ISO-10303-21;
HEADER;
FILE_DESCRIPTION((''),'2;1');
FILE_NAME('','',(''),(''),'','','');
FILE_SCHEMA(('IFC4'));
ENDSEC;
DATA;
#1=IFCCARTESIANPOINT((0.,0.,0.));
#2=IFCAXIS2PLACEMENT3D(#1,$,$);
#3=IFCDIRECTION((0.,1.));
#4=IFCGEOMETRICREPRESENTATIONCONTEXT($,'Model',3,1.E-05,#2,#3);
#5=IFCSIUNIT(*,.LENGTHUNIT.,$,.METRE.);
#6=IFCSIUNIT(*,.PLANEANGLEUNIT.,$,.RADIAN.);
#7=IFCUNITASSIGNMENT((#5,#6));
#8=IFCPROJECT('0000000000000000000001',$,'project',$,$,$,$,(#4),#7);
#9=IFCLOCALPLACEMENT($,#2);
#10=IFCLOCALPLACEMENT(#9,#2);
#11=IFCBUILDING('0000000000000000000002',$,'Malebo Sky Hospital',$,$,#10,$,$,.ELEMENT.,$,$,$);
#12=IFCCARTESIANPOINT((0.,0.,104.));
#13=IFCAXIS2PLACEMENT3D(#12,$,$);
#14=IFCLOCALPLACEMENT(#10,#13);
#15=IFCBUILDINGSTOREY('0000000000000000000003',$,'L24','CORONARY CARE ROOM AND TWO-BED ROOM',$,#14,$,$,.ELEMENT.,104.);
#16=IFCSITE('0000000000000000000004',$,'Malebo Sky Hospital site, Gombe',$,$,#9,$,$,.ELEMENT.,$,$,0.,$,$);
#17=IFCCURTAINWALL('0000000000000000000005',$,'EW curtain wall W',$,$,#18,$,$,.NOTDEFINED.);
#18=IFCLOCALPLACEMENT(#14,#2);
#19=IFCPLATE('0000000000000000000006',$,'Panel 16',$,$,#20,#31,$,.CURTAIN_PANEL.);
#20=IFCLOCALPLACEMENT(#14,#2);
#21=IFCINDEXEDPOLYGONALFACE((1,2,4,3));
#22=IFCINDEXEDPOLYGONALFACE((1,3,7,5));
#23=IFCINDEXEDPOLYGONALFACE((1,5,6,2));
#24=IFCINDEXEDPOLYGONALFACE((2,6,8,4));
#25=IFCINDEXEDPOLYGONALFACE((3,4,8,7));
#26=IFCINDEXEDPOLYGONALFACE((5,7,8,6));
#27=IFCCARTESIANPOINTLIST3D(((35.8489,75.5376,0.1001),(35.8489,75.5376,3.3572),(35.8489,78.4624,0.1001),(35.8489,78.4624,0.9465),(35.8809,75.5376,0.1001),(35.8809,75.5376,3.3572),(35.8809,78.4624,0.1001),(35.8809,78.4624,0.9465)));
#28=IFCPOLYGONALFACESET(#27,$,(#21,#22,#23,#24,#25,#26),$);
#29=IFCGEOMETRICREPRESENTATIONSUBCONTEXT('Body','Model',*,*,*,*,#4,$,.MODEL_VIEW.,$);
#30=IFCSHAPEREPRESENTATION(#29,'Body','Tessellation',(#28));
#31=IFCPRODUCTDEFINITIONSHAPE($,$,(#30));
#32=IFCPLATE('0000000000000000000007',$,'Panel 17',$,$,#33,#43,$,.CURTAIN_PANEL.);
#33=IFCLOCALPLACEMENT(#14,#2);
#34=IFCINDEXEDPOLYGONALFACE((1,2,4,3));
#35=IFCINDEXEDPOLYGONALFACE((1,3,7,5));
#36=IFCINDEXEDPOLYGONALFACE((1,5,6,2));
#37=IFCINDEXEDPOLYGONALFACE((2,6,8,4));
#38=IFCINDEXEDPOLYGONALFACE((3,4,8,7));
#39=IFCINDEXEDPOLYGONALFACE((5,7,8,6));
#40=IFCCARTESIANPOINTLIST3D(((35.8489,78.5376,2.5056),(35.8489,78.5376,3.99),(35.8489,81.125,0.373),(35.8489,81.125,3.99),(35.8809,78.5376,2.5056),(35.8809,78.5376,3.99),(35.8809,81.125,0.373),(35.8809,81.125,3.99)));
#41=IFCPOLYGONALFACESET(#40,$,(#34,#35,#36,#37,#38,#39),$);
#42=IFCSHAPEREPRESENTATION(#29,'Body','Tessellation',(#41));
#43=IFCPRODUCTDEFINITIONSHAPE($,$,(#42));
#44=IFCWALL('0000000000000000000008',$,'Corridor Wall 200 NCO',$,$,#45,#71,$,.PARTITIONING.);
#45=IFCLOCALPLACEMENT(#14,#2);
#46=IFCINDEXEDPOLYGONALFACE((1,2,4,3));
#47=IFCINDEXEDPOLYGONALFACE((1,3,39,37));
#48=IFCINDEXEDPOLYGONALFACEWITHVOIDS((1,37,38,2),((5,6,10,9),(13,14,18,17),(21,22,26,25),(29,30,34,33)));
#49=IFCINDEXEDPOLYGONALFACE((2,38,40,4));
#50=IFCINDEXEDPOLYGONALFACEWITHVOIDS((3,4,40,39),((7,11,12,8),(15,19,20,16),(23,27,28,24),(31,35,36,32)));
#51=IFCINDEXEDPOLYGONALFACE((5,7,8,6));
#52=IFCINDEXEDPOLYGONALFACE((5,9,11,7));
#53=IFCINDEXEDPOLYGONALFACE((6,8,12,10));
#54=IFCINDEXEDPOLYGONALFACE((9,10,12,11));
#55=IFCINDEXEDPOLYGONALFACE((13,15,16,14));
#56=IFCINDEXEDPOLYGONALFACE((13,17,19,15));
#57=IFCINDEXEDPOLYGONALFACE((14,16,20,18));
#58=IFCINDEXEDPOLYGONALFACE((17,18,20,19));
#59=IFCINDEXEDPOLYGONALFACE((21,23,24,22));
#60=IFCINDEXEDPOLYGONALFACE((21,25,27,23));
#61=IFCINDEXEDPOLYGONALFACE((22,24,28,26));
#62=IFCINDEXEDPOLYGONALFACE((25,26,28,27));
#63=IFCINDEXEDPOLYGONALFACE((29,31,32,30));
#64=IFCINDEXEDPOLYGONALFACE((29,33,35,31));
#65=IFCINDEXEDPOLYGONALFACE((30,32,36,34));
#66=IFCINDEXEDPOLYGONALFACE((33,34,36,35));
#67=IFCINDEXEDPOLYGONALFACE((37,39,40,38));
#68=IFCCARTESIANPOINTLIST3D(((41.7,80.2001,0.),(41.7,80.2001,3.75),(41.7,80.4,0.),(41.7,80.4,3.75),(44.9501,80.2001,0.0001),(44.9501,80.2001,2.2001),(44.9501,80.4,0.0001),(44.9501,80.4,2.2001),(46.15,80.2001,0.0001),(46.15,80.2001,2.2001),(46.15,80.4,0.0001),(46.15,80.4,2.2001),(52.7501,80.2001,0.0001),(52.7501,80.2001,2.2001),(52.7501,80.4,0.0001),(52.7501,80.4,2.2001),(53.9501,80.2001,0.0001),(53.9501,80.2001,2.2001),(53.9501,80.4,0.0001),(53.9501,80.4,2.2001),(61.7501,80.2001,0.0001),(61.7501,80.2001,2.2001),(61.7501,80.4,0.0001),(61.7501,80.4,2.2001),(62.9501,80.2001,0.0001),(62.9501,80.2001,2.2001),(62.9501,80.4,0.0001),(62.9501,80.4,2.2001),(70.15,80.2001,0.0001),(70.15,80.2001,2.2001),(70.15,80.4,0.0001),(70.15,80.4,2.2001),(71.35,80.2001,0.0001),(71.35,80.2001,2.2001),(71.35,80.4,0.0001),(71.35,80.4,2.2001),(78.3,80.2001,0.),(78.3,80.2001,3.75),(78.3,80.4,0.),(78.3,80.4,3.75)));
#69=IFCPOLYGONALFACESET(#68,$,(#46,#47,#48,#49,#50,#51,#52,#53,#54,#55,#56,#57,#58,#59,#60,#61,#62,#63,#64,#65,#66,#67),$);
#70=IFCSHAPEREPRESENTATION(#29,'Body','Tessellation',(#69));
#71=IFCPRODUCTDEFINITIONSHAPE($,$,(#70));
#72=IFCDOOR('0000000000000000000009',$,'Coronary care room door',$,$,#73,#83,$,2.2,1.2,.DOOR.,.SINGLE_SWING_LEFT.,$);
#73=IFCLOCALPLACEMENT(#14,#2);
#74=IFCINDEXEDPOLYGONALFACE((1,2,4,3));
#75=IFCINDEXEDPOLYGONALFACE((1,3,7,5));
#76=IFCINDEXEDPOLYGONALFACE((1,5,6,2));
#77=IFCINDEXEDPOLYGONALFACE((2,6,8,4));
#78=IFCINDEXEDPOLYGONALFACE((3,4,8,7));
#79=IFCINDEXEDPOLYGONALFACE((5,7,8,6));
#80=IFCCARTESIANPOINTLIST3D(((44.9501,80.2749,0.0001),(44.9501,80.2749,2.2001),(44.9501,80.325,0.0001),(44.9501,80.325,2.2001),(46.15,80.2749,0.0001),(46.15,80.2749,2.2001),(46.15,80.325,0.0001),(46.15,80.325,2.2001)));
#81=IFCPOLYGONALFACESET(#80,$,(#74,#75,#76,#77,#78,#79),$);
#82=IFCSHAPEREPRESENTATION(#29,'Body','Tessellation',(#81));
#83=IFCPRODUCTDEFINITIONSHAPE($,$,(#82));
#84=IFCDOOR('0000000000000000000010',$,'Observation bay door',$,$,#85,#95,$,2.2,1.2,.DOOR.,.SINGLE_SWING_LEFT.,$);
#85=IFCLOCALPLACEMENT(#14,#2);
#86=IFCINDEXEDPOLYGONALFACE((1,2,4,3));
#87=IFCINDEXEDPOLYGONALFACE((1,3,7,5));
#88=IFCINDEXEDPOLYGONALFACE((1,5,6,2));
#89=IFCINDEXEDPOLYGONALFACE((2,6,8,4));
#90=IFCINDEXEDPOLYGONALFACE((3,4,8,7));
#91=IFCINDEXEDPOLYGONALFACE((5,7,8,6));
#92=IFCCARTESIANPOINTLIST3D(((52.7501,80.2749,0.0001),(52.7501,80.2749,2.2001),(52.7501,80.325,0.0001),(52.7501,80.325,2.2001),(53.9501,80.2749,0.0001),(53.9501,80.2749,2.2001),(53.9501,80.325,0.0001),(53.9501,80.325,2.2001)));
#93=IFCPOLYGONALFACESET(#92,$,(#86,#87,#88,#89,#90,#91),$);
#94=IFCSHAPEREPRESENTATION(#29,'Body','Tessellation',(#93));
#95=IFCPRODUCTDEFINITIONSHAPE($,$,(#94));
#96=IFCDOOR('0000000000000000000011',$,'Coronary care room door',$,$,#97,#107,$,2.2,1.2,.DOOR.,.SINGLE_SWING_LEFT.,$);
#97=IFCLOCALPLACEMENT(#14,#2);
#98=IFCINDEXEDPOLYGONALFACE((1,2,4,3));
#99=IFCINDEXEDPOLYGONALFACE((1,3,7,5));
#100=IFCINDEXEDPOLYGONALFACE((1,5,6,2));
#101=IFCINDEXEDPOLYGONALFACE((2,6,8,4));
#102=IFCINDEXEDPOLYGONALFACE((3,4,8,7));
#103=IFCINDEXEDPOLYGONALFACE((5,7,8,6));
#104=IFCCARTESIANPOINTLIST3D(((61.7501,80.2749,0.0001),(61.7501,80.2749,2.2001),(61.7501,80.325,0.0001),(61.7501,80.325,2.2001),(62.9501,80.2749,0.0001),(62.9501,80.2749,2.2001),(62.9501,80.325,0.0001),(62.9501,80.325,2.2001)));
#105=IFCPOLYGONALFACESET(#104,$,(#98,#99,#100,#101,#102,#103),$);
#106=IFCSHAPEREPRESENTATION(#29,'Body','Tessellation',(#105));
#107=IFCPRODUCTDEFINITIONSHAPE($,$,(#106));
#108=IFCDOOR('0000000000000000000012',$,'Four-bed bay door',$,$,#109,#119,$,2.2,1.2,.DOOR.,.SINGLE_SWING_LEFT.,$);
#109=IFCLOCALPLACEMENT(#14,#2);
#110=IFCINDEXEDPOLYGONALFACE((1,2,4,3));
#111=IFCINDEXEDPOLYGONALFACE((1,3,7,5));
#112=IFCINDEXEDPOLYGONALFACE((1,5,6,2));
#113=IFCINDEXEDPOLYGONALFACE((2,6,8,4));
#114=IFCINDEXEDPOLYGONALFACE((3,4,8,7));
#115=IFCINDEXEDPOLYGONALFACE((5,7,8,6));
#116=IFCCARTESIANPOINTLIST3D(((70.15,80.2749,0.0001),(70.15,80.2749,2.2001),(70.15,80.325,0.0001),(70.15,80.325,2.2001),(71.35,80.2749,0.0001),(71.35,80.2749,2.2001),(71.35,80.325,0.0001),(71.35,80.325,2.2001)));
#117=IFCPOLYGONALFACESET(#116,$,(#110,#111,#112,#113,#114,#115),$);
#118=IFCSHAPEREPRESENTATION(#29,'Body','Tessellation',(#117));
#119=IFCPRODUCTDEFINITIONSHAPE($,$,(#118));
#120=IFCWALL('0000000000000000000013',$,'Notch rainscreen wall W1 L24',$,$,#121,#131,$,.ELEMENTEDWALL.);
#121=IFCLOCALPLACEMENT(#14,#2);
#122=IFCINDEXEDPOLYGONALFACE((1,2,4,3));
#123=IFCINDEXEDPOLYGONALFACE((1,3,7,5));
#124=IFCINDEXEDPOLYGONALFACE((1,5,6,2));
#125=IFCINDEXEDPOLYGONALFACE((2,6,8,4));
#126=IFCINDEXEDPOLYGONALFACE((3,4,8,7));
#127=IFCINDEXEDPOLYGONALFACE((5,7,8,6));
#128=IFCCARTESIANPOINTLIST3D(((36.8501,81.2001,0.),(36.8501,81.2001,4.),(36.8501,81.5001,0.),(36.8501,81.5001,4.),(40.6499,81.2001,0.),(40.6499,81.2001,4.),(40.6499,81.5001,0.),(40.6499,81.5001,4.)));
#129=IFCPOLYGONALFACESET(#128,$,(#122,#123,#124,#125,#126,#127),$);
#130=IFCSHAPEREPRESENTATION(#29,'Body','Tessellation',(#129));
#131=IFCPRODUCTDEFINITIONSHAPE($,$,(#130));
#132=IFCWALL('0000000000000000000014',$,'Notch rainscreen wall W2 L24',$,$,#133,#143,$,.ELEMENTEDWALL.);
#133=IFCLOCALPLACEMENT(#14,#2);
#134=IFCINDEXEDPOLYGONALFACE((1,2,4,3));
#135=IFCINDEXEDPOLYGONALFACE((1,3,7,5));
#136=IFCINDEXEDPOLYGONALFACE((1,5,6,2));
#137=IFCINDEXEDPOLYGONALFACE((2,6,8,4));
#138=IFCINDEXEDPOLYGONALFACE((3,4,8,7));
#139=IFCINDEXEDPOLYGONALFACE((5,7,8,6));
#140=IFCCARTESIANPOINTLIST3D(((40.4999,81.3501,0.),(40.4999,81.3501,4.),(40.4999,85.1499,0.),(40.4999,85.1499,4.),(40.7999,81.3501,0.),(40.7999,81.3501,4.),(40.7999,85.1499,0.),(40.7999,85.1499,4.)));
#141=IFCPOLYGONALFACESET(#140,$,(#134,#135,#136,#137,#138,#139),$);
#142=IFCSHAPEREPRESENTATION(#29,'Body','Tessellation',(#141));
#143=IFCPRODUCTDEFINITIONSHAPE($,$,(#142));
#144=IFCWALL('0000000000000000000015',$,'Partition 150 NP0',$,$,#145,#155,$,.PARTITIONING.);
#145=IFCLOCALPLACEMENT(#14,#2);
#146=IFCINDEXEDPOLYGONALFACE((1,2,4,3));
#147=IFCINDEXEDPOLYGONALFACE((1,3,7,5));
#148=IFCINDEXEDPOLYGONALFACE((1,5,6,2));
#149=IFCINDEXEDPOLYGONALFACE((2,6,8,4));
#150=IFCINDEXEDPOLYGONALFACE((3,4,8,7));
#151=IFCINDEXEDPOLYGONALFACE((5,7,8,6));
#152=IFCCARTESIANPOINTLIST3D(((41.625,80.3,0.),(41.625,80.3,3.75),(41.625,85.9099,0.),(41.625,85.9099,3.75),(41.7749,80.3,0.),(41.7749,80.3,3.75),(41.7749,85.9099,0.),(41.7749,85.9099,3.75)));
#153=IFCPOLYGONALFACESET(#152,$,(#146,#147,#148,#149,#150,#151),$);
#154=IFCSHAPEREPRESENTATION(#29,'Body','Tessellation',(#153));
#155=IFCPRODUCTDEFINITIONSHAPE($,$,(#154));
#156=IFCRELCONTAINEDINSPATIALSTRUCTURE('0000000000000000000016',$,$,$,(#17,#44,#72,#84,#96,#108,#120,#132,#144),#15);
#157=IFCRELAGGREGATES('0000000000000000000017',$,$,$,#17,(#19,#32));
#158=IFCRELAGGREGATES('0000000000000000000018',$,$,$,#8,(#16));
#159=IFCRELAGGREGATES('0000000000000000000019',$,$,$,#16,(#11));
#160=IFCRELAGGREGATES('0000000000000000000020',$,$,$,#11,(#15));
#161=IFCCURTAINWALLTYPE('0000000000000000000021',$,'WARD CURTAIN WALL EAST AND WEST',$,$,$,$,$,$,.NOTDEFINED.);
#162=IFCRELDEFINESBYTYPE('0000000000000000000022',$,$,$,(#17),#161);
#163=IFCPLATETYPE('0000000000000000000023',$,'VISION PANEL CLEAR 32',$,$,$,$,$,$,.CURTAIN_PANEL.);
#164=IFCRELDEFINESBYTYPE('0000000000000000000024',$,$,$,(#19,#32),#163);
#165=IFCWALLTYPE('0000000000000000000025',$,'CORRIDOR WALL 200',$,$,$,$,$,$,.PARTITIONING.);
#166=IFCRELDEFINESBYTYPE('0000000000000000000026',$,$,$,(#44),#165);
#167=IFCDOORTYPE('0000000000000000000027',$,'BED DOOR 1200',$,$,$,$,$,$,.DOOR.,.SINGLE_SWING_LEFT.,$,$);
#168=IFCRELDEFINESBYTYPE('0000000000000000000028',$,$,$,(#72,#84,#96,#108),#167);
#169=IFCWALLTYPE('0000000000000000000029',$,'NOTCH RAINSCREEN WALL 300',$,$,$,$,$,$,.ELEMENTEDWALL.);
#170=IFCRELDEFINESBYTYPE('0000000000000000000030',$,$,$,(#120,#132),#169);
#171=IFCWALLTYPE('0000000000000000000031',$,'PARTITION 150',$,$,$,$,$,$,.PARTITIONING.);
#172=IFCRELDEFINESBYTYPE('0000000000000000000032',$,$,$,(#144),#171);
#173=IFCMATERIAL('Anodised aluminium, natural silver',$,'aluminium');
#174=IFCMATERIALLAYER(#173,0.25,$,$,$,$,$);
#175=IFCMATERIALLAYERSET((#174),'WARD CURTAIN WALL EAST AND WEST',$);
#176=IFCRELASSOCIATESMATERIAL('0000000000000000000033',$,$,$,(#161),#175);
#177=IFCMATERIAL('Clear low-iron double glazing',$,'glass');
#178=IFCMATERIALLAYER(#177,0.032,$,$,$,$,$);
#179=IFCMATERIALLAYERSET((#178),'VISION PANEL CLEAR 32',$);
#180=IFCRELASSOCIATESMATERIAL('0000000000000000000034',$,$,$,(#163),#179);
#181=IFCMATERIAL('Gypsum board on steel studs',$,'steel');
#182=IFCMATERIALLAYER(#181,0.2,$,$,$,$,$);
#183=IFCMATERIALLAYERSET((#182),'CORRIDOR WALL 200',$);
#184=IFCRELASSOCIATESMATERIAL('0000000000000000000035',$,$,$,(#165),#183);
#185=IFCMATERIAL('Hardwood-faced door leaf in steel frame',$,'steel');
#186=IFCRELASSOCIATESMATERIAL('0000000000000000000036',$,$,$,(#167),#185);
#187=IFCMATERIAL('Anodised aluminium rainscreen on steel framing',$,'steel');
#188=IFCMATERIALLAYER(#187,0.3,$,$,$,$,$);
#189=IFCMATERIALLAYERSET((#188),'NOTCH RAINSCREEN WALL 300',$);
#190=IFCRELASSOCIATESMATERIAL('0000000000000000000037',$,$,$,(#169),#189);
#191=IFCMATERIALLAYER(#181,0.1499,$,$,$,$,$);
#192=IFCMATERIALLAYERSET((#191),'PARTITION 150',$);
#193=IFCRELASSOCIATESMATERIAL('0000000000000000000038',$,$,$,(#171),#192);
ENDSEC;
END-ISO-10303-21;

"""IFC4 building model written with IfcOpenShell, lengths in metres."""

from ifc_helpers import new_model, si_unit, direction, frame, frame_2d, origin, place, context, subcontext, project, spatial, polyline, rectangle, outline, extrude, material, layer, layer_set, type_object, element, fill, aggregate, save


model = new_model("IFC4")

# Units and contexts
model_context = context("Model", 3, precision=1e-05, world=origin(), true_north=direction((0.0, 1.0)))
body_context = subcontext(model_context, "Body", "Model", "MODEL_VIEW")
ifc_project = project(units=[si_unit("LENGTHUNIT", "METRE"), si_unit("PLANEANGLEUNIT", "RADIAN")], contexts=[model_context])

# Site, building, storey
site_placement = place(None, origin())
site = spatial("IfcSite", under=ifc_project, at=site_placement, Name="Malebo Sky Hospital site, Gombe", CompositionType="ELEMENT", RefElevation=0.0)
building_placement = place(site_placement, origin())
building = spatial("IfcBuilding", under=site, at=building_placement, Name="Malebo Sky Hospital", CompositionType="ELEMENT")
storey_placement = place(building_placement, frame((0.0, 0.0, 104.0)))
storey = spatial("IfcBuildingStorey", under=building, at=storey_placement, Name="L24", Description="CORONARY CARE ROOM AND TWO-BED ROOM", CompositionType="ELEMENT", Elevation=104.0)

# Curtain wall
ifc_material_1 = material(Name="Anodised aluminium, natural silver", Category="aluminium")
ifc_layer_1 = layer(ifc_material_1, 0.25)
ifc_layer_set_1 = layer_set([ifc_layer_1], Name="WARD CURTAIN WALL EAST AND WEST")
curtain_wall_type_1 = type_object("IfcCurtainWallType", Name="WARD CURTAIN WALL EAST AND WEST", PredefinedType="NOTDEFINED", material=ifc_layer_set_1)
curtain_wall_1_placement = place(storey_placement, origin())
curtain_wall_1 = element("IfcCurtainWall", 1, at=curtain_wall_1_placement, inside=storey, type_object=curtain_wall_type_1, Name="EW curtain wall W", PredefinedType="NOTDEFINED")

# Plates
ifc_material_2 = material(Name="Clear low-iron double glazing", Category="glass")
ifc_layer_2 = layer(ifc_material_2, 0.032)
ifc_layer_set_2 = layer_set([ifc_layer_2], Name="VISION PANEL CLEAR 32")
plate_type = type_object("IfcPlateType", Name="VISION PANEL CLEAR 32", PredefinedType="CURTAIN_PANEL", material=ifc_layer_set_2)
plate_1_placement = place(storey_placement, frame((35.865, 77.0, 0.1001), z_axis=(0.0, 0.0, 1.0), x_axis=(0.0, 1.0, 0.0)))
plate_1 = element("IfcPlate", 2, at=plate_1_placement, type_object=plate_type, Name="Panel 16", PredefinedType="CURTAIN_PANEL", context=body_context, shape_type="SweptSolid", body=[
    extrude(outline(polyline([(-1.4624, 0.0), (1.4624, 0.0), (1.4624, 0.8464), (-1.4624, 3.2571), (-1.4624, 0.0)])), frame((0.0, 0.0161, 0.0), z_axis=(0.0, -1.0, 0.0), x_axis=(1.0, 0.0, 0.0)), (0.0, 0.0, 1.0), 0.032),
])
plate_2_placement = place(storey_placement, frame((35.865, 79.8313, 0.373), z_axis=(0.0, 0.0, 1.0), x_axis=(0.0, 1.0, 0.0)))
plate_2 = element("IfcPlate", 3, at=plate_2_placement, type_object=plate_type, Name="Panel 17", PredefinedType="CURTAIN_PANEL", context=body_context, shape_type="SweptSolid", body=[
    extrude(outline(polyline([(1.2937, 0.0), (1.2937, 3.6169), (-1.2937, 3.6169), (-1.2937, 2.1326), (1.2937, 0.0)])), frame((0.0, 0.0161, 0.0), z_axis=(0.0, -1.0, 0.0), x_axis=(1.0, 0.0, 0.0)), (0.0, 0.0, 1.0), 0.032),
])
aggregate(curtain_wall_1, [plate_1, plate_2])

# Wall, openings, doors
ifc_material_3 = material(Name="Gypsum board on steel studs", Category="steel")
ifc_layer_3 = layer(ifc_material_3, 0.2)
ifc_layer_set_3 = layer_set([ifc_layer_3], Name="CORRIDOR WALL 200")
wall_type_1 = type_object("IfcWallType", Name="CORRIDOR WALL 200", PredefinedType="PARTITIONING", material=ifc_layer_set_3)
wall_1_placement = place(storey_placement, frame((41.7, 80.3, 0.0), z_axis=(0.0, 0.0, 1.0), x_axis=(1.0, 0.0, 0.0)))
wall_1 = element("IfcWall", 4, at=wall_1_placement, inside=storey, type_object=wall_type_1, Name="Corridor Wall 200 NCO", PredefinedType="PARTITIONING", context=body_context, shape_type="SweptSolid", body=[
    extrude(rectangle(XDim=36.6001, YDim=0.2, at=frame_2d((18.3, 0.0))), origin(), (0.0, 0.0, 1.0), 3.75),
])
opening_1_placement = place(wall_1_placement, frame((3.25, 0.0, 0.0)))
opening_1 = element("IfcOpeningElement", 5, at=opening_1_placement, cuts=wall_1, PredefinedType="OPENING", context=body_context, shape_type="SweptSolid", body=[
    extrude(rectangle(XDim=1.2, YDim=2.2, at=frame_2d((0.6001, 1.1001))), frame((0.0, 0.1099, 0.0), z_axis=(0.0, -1.0, 0.0), x_axis=(1.0, 0.0, 0.0)), (0.0, 0.0, 1.0), 0.22),
])
opening_2_placement = place(wall_1_placement, frame((11.05, 0.0, 0.0)))
opening_2 = element("IfcOpeningElement", 6, at=opening_2_placement, cuts=wall_1, PredefinedType="OPENING", context=body_context, shape_type="SweptSolid", body=[
    extrude(rectangle(XDim=1.2, YDim=2.2, at=frame_2d((0.6001, 1.1001))), frame((0.0, 0.1099, 0.0), z_axis=(0.0, -1.0, 0.0), x_axis=(1.0, 0.0, 0.0)), (0.0, 0.0, 1.0), 0.22),
])
opening_3_placement = place(wall_1_placement, frame((20.05, 0.0, 0.0)))
opening_3 = element("IfcOpeningElement", 7, at=opening_3_placement, cuts=wall_1, PredefinedType="OPENING", context=body_context, shape_type="SweptSolid", body=[
    extrude(rectangle(XDim=1.2, YDim=2.2, at=frame_2d((0.6001, 1.1001))), frame((0.0, 0.1099, 0.0), z_axis=(0.0, -1.0, 0.0), x_axis=(1.0, 0.0, 0.0)), (0.0, 0.0, 1.0), 0.22),
])
opening_4_placement = place(wall_1_placement, frame((28.45, 0.0, 0.0)))
opening_4 = element("IfcOpeningElement", 8, at=opening_4_placement, cuts=wall_1, PredefinedType="OPENING", context=body_context, shape_type="SweptSolid", body=[
    extrude(rectangle(XDim=1.2, YDim=2.2, at=frame_2d((0.6001, 1.1001))), frame((0.0, 0.1099, 0.0), z_axis=(0.0, -1.0, 0.0), x_axis=(1.0, 0.0, 0.0)), (0.0, 0.0, 1.0), 0.22),
])
ifc_material_4 = material(Name="Hardwood-faced door leaf in steel frame", Category="steel")
door_type_1 = type_object("IfcDoorType", Name="BED DOOR 1200", OperationType="SINGLE_SWING_LEFT", PredefinedType="DOOR", material=ifc_material_4)
door_1_placement = place(opening_1_placement, origin())
door_1 = element("IfcDoor", 9, at=door_1_placement, inside=storey, type_object=door_type_1, Name="Coronary care room door", OperationType="SINGLE_SWING_LEFT", OverallHeight=2.2, OverallWidth=1.2, PredefinedType="DOOR", context=body_context, shape_type="SweptSolid", body=[
    extrude(rectangle(XDim=1.2, YDim=2.2, at=frame_2d((0.6001, 1.1001))), frame((0.0, 0.0249, 0.0), z_axis=(0.0, -1.0, 0.0), x_axis=(1.0, 0.0, 0.0)), (0.0, 0.0, 1.0), 0.05),
])
fill(opening_1, door_1)
door_2_placement = place(opening_2_placement, origin())
door_2 = element("IfcDoor", 10, at=door_2_placement, inside=storey, type_object=door_type_1, Name="Observation bay door", OperationType="SINGLE_SWING_LEFT", OverallHeight=2.2, OverallWidth=1.2, PredefinedType="DOOR", context=body_context, shape_type="SweptSolid", body=[
    extrude(rectangle(XDim=1.2, YDim=2.2, at=frame_2d((0.6001, 1.1001))), frame((0.0, 0.0249, 0.0), z_axis=(0.0, -1.0, 0.0), x_axis=(1.0, 0.0, 0.0)), (0.0, 0.0, 1.0), 0.05),
])
fill(opening_2, door_2)
door_3_placement = place(opening_3_placement, origin())
door_3 = element("IfcDoor", 11, at=door_3_placement, inside=storey, type_object=door_type_1, Name="Coronary care room door", OperationType="SINGLE_SWING_LEFT", OverallHeight=2.2, OverallWidth=1.2, PredefinedType="DOOR", context=body_context, shape_type="SweptSolid", body=[
    extrude(rectangle(XDim=1.2, YDim=2.2, at=frame_2d((0.6001, 1.1001))), frame((0.0, 0.0249, 0.0), z_axis=(0.0, -1.0, 0.0), x_axis=(1.0, 0.0, 0.0)), (0.0, 0.0, 1.0), 0.05),
])
fill(opening_3, door_3)
door_4_placement = place(opening_4_placement, origin())
door_4 = element("IfcDoor", 12, at=door_4_placement, inside=storey, type_object=door_type_1, Name="Four-bed bay door", OperationType="SINGLE_SWING_LEFT", OverallHeight=2.2, OverallWidth=1.2, PredefinedType="DOOR", context=body_context, shape_type="SweptSolid", body=[
    extrude(rectangle(XDim=1.2, YDim=2.2, at=frame_2d((0.6001, 1.1001))), frame((0.0, 0.0249, 0.0), z_axis=(0.0, -1.0, 0.0), x_axis=(1.0, 0.0, 0.0)), (0.0, 0.0, 1.0), 0.05),
])
fill(opening_4, door_4)

# Walls
ifc_material_5 = material(Name="Anodised aluminium rainscreen on steel framing", Category="steel")
ifc_layer_4 = layer(ifc_material_5, 0.3)
ifc_layer_set_4 = layer_set([ifc_layer_4], Name="NOTCH RAINSCREEN WALL 300")
wall_type_2 = type_object("IfcWallType", Name="NOTCH RAINSCREEN WALL 300", PredefinedType="ELEMENTEDWALL", material=ifc_layer_set_4)
for number, where, z_axis, x_axis, name in (
    (13, (36.8501, 81.3501, 0.0), (0.0, 0.0, 1.0), (1.0, 0.0, 0.0), "Notch rainscreen wall W1 L24"),
    (14, (40.6499, 81.3501, 0.0), (0.0, 0.0, 1.0), (0.0, 1.0, 0.0), "Notch rainscreen wall W2 L24"),
):
    element("IfcWall", number, at=place(storey_placement, frame(where, z_axis=z_axis, x_axis=x_axis)), inside=storey, type_object=wall_type_2, Name=name, PredefinedType="ELEMENTEDWALL", context=body_context, shape_type="SweptSolid", body=[
        extrude(rectangle(XDim=3.7998, YDim=0.3, at=frame_2d((1.8999, 0.0))), origin(), (0.0, 0.0, 1.0), 4.0),
    ])
ifc_layer_5 = layer(ifc_material_3, 0.1499)
ifc_layer_set_5 = layer_set([ifc_layer_5], Name="PARTITION 150")
wall_type_3 = type_object("IfcWallType", Name="PARTITION 150", PredefinedType="PARTITIONING", material=ifc_layer_set_5)
wall_2_placement = place(storey_placement, frame((41.7, 80.3, 0.0), z_axis=(0.0, 0.0, 1.0), x_axis=(0.0, 1.0, 0.0)))
element("IfcWall", 15, at=wall_2_placement, inside=storey, type_object=wall_type_3, Name="Partition 150 NP0", PredefinedType="PARTITIONING", context=body_context, shape_type="SweptSolid", body=[
    extrude(rectangle(XDim=5.6099, YDim=0.1499, at=frame_2d((2.8049, 0.0))), origin(), (0.0, 0.0, 1.0), 3.75),
])

save(model, "model.ifc")
